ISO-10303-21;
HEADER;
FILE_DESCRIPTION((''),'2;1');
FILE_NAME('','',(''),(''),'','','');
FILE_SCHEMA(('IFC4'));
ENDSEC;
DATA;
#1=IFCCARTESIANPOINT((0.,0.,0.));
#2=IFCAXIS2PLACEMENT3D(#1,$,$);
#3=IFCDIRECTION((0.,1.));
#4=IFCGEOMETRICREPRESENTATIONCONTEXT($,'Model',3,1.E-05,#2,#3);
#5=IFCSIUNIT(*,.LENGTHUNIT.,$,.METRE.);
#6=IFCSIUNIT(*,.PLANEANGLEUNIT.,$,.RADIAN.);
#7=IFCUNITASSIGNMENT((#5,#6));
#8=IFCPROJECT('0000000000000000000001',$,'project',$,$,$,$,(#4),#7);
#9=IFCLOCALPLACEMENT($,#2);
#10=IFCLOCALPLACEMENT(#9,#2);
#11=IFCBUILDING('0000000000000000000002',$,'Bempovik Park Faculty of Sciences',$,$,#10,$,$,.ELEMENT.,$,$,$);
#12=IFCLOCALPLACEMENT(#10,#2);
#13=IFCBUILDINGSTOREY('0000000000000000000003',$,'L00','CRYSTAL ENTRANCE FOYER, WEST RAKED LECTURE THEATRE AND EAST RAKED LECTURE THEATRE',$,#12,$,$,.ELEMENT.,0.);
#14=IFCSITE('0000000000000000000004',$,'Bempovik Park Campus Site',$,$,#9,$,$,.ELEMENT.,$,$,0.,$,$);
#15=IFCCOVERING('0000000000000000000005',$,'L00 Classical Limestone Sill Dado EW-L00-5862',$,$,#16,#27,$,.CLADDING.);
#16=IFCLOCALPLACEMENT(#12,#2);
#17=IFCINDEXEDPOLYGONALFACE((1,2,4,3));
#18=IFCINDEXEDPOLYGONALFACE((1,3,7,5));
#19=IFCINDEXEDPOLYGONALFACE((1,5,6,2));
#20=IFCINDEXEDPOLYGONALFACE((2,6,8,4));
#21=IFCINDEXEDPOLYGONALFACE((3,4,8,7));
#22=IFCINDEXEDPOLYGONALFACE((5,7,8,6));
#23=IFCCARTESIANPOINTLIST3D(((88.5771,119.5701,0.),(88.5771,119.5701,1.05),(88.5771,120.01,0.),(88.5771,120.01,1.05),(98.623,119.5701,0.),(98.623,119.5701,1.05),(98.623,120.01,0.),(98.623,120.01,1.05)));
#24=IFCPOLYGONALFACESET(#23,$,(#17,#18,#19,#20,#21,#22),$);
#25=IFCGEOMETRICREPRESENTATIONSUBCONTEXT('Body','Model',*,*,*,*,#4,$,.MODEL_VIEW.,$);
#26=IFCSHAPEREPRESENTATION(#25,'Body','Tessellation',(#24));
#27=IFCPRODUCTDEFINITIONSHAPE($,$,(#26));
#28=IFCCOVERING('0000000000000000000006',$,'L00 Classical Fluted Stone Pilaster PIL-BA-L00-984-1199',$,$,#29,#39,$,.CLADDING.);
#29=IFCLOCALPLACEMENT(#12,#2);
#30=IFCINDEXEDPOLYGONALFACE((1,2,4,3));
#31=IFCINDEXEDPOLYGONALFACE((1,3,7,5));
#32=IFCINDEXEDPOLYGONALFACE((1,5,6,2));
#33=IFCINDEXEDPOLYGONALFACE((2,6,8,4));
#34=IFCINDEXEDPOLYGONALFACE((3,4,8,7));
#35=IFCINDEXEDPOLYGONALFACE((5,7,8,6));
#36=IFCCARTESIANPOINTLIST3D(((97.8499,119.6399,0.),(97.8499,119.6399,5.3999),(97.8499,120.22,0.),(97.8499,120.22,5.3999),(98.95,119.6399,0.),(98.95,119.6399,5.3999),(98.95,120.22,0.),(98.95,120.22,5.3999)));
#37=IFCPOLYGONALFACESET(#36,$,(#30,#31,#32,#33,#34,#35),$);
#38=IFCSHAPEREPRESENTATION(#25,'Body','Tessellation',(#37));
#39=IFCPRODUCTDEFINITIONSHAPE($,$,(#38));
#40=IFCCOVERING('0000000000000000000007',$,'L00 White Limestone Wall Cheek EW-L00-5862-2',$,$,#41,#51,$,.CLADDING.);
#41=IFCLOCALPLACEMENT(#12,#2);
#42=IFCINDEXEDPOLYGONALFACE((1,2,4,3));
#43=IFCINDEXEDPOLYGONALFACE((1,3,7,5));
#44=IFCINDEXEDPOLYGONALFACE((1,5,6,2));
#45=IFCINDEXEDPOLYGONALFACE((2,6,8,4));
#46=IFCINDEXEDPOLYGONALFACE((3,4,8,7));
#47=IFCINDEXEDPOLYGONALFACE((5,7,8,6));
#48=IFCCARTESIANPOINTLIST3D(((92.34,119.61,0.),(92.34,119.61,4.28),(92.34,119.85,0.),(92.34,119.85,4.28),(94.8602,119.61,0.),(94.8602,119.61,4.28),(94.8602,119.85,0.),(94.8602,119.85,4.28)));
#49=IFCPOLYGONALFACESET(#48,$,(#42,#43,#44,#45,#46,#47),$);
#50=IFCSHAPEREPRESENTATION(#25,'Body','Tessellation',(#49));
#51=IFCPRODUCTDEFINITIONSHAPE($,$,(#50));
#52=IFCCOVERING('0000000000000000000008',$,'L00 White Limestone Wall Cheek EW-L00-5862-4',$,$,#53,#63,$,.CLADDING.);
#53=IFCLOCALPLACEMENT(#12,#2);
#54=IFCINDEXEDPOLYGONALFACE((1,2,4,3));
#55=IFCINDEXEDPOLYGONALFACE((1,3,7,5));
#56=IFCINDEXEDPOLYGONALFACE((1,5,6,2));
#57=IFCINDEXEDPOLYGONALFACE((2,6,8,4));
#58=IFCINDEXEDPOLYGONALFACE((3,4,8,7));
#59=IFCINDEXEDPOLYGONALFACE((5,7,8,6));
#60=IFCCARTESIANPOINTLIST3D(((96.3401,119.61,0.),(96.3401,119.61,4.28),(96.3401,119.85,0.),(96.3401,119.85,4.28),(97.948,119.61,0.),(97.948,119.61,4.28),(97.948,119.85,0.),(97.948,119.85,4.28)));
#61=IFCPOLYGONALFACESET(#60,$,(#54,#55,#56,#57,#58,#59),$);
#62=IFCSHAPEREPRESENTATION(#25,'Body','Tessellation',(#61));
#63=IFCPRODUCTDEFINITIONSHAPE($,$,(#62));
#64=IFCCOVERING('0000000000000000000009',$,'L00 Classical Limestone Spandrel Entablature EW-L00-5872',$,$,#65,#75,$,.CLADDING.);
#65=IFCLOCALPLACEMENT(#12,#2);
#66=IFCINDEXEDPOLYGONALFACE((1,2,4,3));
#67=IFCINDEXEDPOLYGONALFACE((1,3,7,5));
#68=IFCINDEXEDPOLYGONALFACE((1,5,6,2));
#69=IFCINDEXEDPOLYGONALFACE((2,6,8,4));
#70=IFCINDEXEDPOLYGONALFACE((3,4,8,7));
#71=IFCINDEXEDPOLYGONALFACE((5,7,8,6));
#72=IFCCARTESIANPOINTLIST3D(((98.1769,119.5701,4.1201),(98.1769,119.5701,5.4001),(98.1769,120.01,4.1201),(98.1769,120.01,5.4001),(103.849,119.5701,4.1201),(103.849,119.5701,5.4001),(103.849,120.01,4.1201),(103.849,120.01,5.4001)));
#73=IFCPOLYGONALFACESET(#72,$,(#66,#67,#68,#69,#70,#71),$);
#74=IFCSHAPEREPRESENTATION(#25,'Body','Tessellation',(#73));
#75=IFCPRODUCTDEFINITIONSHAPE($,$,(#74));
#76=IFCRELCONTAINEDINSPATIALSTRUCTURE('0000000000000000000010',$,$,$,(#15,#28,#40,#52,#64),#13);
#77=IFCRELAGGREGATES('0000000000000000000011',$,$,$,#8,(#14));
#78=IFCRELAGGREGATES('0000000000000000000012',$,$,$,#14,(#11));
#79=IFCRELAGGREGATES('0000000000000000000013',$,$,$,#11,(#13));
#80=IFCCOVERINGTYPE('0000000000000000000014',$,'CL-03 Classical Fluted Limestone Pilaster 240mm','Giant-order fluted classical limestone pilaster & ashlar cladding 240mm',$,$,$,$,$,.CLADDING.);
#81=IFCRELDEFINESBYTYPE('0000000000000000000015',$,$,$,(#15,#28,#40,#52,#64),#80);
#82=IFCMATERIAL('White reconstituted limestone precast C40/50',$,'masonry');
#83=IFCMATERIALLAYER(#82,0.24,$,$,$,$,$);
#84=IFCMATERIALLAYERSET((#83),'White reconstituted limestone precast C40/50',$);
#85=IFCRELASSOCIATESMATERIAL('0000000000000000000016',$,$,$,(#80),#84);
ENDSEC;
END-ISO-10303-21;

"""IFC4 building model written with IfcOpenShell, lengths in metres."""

from ifc_helpers import new_model, si_unit, direction, frame, origin, origin_2d, place, context, subcontext, project, spatial, rectangle, extrude, material, layer, layer_set, type_object, element, save


model = new_model("IFC4")

# Units and contexts
model_context = context("Model", 3, precision=1e-05, world=origin(), true_north=direction((0.0, 1.0)))
body_context = subcontext(model_context, "Body", "Model", "MODEL_VIEW")
ifc_project = project(units=[si_unit("LENGTHUNIT", "METRE"), si_unit("PLANEANGLEUNIT", "RADIAN")], contexts=[model_context])

# Site, building, storey
site_placement = place(None, origin())
site = spatial("IfcSite", under=ifc_project, at=site_placement, Name="Bempovik Park Campus Site", CompositionType="ELEMENT", RefElevation=0.0)
building_placement = place(site_placement, origin())
building = spatial("IfcBuilding", under=site, at=building_placement, Name="Bempovik Park Faculty of Sciences", CompositionType="ELEMENT")
storey_placement = place(building_placement, origin())
storey = spatial("IfcBuildingStorey", under=building, at=storey_placement, Name="L00", Description="CRYSTAL ENTRANCE FOYER, WEST RAKED LECTURE THEATRE AND EAST RAKED LECTURE THEATRE", CompositionType="ELEMENT", Elevation=0.0)

# Coverings
ifc_material_1 = material(Name="White reconstituted limestone precast C40/50", Category="masonry")
ifc_layer_1 = layer(ifc_material_1, 0.24)
ifc_layer_set_1 = layer_set([ifc_layer_1], Name="White reconstituted limestone precast C40/50")
covering_type_1 = type_object("IfcCoveringType", Name="CL-03 Classical Fluted Limestone Pilaster 240mm", Description="Giant-order fluted classical limestone pilaster & ashlar cladding 240mm", PredefinedType="CLADDING", material=ifc_layer_set_1)
covering_1_placement = place(storey_placement, frame((93.6001, 119.79, 0.0), z_axis=(0.0, 0.0, 1.0), x_axis=(1.0, 0.0, 0.0)))
element("IfcCovering", 1, at=covering_1_placement, inside=storey, type_object=covering_type_1, Name="L00 Classical Limestone Sill Dado EW-L00-5862", PredefinedType="CLADDING", context=body_context, shape_type="SweptSolid", body=[
    extrude(rectangle(XDim=10.0459, YDim=0.4399, at=origin_2d()), origin(), (0.0, 0.0, 1.0), 1.05),
])
covering_2_placement = place(storey_placement, frame((98.3999, 119.9299, 0.0), z_axis=(0.0, 0.0, 1.0), x_axis=(1.0, 0.0, 0.0)))
element("IfcCovering", 2, at=covering_2_placement, inside=storey, type_object=covering_type_1, Name="L00 Classical Fluted Stone Pilaster PIL-BA-L00-984-1199", PredefinedType="CLADDING", context=body_context, shape_type="SweptSolid", body=[
    extrude(rectangle(XDim=1.1001, YDim=0.5801, at=origin_2d()), origin(), (0.0, 0.0, 1.0), 5.3999),
])
covering_3_placement = place(storey_placement, frame((93.6001, 119.73, 0.0), z_axis=(0.0, 0.0, 1.0), x_axis=(1.0, 0.0, 0.0)))
element("IfcCovering", 3, at=covering_3_placement, inside=storey, type_object=covering_type_1, Name="L00 White Limestone Wall Cheek EW-L00-5862-2", PredefinedType="CLADDING", context=body_context, shape_type="SweptSolid", body=[
    extrude(rectangle(XDim=2.5203, YDim=0.24, at=origin_2d()), origin(), (0.0, 0.0, 1.0), 4.28),
])
covering_4_placement = place(storey_placement, frame((97.144, 119.73, 0.0), z_axis=(0.0, 0.0, 1.0), x_axis=(1.0, 0.0, 0.0)))
element("IfcCovering", 4, at=covering_4_placement, inside=storey, type_object=covering_type_1, Name="L00 White Limestone Wall Cheek EW-L00-5862-4", PredefinedType="CLADDING", context=body_context, shape_type="SweptSolid", body=[
    extrude(rectangle(XDim=1.6079, YDim=0.24, at=origin_2d()), origin(), (0.0, 0.0, 1.0), 4.28),
])
covering_5_placement = place(storey_placement, frame((101.0129, 119.79, 4.1201), z_axis=(0.0, 0.0, 1.0), x_axis=(1.0, 0.0, 0.0)))
element("IfcCovering", 5, at=covering_5_placement, inside=storey, type_object=covering_type_1, Name="L00 Classical Limestone Spandrel Entablature EW-L00-5872", PredefinedType="CLADDING", context=body_context, shape_type="SweptSolid", body=[
    extrude(rectangle(XDim=5.6721, YDim=0.4399, at=origin_2d()), origin(), (0.0, 0.0, 1.0), 1.28),
])

save(model, "model.ifc")
